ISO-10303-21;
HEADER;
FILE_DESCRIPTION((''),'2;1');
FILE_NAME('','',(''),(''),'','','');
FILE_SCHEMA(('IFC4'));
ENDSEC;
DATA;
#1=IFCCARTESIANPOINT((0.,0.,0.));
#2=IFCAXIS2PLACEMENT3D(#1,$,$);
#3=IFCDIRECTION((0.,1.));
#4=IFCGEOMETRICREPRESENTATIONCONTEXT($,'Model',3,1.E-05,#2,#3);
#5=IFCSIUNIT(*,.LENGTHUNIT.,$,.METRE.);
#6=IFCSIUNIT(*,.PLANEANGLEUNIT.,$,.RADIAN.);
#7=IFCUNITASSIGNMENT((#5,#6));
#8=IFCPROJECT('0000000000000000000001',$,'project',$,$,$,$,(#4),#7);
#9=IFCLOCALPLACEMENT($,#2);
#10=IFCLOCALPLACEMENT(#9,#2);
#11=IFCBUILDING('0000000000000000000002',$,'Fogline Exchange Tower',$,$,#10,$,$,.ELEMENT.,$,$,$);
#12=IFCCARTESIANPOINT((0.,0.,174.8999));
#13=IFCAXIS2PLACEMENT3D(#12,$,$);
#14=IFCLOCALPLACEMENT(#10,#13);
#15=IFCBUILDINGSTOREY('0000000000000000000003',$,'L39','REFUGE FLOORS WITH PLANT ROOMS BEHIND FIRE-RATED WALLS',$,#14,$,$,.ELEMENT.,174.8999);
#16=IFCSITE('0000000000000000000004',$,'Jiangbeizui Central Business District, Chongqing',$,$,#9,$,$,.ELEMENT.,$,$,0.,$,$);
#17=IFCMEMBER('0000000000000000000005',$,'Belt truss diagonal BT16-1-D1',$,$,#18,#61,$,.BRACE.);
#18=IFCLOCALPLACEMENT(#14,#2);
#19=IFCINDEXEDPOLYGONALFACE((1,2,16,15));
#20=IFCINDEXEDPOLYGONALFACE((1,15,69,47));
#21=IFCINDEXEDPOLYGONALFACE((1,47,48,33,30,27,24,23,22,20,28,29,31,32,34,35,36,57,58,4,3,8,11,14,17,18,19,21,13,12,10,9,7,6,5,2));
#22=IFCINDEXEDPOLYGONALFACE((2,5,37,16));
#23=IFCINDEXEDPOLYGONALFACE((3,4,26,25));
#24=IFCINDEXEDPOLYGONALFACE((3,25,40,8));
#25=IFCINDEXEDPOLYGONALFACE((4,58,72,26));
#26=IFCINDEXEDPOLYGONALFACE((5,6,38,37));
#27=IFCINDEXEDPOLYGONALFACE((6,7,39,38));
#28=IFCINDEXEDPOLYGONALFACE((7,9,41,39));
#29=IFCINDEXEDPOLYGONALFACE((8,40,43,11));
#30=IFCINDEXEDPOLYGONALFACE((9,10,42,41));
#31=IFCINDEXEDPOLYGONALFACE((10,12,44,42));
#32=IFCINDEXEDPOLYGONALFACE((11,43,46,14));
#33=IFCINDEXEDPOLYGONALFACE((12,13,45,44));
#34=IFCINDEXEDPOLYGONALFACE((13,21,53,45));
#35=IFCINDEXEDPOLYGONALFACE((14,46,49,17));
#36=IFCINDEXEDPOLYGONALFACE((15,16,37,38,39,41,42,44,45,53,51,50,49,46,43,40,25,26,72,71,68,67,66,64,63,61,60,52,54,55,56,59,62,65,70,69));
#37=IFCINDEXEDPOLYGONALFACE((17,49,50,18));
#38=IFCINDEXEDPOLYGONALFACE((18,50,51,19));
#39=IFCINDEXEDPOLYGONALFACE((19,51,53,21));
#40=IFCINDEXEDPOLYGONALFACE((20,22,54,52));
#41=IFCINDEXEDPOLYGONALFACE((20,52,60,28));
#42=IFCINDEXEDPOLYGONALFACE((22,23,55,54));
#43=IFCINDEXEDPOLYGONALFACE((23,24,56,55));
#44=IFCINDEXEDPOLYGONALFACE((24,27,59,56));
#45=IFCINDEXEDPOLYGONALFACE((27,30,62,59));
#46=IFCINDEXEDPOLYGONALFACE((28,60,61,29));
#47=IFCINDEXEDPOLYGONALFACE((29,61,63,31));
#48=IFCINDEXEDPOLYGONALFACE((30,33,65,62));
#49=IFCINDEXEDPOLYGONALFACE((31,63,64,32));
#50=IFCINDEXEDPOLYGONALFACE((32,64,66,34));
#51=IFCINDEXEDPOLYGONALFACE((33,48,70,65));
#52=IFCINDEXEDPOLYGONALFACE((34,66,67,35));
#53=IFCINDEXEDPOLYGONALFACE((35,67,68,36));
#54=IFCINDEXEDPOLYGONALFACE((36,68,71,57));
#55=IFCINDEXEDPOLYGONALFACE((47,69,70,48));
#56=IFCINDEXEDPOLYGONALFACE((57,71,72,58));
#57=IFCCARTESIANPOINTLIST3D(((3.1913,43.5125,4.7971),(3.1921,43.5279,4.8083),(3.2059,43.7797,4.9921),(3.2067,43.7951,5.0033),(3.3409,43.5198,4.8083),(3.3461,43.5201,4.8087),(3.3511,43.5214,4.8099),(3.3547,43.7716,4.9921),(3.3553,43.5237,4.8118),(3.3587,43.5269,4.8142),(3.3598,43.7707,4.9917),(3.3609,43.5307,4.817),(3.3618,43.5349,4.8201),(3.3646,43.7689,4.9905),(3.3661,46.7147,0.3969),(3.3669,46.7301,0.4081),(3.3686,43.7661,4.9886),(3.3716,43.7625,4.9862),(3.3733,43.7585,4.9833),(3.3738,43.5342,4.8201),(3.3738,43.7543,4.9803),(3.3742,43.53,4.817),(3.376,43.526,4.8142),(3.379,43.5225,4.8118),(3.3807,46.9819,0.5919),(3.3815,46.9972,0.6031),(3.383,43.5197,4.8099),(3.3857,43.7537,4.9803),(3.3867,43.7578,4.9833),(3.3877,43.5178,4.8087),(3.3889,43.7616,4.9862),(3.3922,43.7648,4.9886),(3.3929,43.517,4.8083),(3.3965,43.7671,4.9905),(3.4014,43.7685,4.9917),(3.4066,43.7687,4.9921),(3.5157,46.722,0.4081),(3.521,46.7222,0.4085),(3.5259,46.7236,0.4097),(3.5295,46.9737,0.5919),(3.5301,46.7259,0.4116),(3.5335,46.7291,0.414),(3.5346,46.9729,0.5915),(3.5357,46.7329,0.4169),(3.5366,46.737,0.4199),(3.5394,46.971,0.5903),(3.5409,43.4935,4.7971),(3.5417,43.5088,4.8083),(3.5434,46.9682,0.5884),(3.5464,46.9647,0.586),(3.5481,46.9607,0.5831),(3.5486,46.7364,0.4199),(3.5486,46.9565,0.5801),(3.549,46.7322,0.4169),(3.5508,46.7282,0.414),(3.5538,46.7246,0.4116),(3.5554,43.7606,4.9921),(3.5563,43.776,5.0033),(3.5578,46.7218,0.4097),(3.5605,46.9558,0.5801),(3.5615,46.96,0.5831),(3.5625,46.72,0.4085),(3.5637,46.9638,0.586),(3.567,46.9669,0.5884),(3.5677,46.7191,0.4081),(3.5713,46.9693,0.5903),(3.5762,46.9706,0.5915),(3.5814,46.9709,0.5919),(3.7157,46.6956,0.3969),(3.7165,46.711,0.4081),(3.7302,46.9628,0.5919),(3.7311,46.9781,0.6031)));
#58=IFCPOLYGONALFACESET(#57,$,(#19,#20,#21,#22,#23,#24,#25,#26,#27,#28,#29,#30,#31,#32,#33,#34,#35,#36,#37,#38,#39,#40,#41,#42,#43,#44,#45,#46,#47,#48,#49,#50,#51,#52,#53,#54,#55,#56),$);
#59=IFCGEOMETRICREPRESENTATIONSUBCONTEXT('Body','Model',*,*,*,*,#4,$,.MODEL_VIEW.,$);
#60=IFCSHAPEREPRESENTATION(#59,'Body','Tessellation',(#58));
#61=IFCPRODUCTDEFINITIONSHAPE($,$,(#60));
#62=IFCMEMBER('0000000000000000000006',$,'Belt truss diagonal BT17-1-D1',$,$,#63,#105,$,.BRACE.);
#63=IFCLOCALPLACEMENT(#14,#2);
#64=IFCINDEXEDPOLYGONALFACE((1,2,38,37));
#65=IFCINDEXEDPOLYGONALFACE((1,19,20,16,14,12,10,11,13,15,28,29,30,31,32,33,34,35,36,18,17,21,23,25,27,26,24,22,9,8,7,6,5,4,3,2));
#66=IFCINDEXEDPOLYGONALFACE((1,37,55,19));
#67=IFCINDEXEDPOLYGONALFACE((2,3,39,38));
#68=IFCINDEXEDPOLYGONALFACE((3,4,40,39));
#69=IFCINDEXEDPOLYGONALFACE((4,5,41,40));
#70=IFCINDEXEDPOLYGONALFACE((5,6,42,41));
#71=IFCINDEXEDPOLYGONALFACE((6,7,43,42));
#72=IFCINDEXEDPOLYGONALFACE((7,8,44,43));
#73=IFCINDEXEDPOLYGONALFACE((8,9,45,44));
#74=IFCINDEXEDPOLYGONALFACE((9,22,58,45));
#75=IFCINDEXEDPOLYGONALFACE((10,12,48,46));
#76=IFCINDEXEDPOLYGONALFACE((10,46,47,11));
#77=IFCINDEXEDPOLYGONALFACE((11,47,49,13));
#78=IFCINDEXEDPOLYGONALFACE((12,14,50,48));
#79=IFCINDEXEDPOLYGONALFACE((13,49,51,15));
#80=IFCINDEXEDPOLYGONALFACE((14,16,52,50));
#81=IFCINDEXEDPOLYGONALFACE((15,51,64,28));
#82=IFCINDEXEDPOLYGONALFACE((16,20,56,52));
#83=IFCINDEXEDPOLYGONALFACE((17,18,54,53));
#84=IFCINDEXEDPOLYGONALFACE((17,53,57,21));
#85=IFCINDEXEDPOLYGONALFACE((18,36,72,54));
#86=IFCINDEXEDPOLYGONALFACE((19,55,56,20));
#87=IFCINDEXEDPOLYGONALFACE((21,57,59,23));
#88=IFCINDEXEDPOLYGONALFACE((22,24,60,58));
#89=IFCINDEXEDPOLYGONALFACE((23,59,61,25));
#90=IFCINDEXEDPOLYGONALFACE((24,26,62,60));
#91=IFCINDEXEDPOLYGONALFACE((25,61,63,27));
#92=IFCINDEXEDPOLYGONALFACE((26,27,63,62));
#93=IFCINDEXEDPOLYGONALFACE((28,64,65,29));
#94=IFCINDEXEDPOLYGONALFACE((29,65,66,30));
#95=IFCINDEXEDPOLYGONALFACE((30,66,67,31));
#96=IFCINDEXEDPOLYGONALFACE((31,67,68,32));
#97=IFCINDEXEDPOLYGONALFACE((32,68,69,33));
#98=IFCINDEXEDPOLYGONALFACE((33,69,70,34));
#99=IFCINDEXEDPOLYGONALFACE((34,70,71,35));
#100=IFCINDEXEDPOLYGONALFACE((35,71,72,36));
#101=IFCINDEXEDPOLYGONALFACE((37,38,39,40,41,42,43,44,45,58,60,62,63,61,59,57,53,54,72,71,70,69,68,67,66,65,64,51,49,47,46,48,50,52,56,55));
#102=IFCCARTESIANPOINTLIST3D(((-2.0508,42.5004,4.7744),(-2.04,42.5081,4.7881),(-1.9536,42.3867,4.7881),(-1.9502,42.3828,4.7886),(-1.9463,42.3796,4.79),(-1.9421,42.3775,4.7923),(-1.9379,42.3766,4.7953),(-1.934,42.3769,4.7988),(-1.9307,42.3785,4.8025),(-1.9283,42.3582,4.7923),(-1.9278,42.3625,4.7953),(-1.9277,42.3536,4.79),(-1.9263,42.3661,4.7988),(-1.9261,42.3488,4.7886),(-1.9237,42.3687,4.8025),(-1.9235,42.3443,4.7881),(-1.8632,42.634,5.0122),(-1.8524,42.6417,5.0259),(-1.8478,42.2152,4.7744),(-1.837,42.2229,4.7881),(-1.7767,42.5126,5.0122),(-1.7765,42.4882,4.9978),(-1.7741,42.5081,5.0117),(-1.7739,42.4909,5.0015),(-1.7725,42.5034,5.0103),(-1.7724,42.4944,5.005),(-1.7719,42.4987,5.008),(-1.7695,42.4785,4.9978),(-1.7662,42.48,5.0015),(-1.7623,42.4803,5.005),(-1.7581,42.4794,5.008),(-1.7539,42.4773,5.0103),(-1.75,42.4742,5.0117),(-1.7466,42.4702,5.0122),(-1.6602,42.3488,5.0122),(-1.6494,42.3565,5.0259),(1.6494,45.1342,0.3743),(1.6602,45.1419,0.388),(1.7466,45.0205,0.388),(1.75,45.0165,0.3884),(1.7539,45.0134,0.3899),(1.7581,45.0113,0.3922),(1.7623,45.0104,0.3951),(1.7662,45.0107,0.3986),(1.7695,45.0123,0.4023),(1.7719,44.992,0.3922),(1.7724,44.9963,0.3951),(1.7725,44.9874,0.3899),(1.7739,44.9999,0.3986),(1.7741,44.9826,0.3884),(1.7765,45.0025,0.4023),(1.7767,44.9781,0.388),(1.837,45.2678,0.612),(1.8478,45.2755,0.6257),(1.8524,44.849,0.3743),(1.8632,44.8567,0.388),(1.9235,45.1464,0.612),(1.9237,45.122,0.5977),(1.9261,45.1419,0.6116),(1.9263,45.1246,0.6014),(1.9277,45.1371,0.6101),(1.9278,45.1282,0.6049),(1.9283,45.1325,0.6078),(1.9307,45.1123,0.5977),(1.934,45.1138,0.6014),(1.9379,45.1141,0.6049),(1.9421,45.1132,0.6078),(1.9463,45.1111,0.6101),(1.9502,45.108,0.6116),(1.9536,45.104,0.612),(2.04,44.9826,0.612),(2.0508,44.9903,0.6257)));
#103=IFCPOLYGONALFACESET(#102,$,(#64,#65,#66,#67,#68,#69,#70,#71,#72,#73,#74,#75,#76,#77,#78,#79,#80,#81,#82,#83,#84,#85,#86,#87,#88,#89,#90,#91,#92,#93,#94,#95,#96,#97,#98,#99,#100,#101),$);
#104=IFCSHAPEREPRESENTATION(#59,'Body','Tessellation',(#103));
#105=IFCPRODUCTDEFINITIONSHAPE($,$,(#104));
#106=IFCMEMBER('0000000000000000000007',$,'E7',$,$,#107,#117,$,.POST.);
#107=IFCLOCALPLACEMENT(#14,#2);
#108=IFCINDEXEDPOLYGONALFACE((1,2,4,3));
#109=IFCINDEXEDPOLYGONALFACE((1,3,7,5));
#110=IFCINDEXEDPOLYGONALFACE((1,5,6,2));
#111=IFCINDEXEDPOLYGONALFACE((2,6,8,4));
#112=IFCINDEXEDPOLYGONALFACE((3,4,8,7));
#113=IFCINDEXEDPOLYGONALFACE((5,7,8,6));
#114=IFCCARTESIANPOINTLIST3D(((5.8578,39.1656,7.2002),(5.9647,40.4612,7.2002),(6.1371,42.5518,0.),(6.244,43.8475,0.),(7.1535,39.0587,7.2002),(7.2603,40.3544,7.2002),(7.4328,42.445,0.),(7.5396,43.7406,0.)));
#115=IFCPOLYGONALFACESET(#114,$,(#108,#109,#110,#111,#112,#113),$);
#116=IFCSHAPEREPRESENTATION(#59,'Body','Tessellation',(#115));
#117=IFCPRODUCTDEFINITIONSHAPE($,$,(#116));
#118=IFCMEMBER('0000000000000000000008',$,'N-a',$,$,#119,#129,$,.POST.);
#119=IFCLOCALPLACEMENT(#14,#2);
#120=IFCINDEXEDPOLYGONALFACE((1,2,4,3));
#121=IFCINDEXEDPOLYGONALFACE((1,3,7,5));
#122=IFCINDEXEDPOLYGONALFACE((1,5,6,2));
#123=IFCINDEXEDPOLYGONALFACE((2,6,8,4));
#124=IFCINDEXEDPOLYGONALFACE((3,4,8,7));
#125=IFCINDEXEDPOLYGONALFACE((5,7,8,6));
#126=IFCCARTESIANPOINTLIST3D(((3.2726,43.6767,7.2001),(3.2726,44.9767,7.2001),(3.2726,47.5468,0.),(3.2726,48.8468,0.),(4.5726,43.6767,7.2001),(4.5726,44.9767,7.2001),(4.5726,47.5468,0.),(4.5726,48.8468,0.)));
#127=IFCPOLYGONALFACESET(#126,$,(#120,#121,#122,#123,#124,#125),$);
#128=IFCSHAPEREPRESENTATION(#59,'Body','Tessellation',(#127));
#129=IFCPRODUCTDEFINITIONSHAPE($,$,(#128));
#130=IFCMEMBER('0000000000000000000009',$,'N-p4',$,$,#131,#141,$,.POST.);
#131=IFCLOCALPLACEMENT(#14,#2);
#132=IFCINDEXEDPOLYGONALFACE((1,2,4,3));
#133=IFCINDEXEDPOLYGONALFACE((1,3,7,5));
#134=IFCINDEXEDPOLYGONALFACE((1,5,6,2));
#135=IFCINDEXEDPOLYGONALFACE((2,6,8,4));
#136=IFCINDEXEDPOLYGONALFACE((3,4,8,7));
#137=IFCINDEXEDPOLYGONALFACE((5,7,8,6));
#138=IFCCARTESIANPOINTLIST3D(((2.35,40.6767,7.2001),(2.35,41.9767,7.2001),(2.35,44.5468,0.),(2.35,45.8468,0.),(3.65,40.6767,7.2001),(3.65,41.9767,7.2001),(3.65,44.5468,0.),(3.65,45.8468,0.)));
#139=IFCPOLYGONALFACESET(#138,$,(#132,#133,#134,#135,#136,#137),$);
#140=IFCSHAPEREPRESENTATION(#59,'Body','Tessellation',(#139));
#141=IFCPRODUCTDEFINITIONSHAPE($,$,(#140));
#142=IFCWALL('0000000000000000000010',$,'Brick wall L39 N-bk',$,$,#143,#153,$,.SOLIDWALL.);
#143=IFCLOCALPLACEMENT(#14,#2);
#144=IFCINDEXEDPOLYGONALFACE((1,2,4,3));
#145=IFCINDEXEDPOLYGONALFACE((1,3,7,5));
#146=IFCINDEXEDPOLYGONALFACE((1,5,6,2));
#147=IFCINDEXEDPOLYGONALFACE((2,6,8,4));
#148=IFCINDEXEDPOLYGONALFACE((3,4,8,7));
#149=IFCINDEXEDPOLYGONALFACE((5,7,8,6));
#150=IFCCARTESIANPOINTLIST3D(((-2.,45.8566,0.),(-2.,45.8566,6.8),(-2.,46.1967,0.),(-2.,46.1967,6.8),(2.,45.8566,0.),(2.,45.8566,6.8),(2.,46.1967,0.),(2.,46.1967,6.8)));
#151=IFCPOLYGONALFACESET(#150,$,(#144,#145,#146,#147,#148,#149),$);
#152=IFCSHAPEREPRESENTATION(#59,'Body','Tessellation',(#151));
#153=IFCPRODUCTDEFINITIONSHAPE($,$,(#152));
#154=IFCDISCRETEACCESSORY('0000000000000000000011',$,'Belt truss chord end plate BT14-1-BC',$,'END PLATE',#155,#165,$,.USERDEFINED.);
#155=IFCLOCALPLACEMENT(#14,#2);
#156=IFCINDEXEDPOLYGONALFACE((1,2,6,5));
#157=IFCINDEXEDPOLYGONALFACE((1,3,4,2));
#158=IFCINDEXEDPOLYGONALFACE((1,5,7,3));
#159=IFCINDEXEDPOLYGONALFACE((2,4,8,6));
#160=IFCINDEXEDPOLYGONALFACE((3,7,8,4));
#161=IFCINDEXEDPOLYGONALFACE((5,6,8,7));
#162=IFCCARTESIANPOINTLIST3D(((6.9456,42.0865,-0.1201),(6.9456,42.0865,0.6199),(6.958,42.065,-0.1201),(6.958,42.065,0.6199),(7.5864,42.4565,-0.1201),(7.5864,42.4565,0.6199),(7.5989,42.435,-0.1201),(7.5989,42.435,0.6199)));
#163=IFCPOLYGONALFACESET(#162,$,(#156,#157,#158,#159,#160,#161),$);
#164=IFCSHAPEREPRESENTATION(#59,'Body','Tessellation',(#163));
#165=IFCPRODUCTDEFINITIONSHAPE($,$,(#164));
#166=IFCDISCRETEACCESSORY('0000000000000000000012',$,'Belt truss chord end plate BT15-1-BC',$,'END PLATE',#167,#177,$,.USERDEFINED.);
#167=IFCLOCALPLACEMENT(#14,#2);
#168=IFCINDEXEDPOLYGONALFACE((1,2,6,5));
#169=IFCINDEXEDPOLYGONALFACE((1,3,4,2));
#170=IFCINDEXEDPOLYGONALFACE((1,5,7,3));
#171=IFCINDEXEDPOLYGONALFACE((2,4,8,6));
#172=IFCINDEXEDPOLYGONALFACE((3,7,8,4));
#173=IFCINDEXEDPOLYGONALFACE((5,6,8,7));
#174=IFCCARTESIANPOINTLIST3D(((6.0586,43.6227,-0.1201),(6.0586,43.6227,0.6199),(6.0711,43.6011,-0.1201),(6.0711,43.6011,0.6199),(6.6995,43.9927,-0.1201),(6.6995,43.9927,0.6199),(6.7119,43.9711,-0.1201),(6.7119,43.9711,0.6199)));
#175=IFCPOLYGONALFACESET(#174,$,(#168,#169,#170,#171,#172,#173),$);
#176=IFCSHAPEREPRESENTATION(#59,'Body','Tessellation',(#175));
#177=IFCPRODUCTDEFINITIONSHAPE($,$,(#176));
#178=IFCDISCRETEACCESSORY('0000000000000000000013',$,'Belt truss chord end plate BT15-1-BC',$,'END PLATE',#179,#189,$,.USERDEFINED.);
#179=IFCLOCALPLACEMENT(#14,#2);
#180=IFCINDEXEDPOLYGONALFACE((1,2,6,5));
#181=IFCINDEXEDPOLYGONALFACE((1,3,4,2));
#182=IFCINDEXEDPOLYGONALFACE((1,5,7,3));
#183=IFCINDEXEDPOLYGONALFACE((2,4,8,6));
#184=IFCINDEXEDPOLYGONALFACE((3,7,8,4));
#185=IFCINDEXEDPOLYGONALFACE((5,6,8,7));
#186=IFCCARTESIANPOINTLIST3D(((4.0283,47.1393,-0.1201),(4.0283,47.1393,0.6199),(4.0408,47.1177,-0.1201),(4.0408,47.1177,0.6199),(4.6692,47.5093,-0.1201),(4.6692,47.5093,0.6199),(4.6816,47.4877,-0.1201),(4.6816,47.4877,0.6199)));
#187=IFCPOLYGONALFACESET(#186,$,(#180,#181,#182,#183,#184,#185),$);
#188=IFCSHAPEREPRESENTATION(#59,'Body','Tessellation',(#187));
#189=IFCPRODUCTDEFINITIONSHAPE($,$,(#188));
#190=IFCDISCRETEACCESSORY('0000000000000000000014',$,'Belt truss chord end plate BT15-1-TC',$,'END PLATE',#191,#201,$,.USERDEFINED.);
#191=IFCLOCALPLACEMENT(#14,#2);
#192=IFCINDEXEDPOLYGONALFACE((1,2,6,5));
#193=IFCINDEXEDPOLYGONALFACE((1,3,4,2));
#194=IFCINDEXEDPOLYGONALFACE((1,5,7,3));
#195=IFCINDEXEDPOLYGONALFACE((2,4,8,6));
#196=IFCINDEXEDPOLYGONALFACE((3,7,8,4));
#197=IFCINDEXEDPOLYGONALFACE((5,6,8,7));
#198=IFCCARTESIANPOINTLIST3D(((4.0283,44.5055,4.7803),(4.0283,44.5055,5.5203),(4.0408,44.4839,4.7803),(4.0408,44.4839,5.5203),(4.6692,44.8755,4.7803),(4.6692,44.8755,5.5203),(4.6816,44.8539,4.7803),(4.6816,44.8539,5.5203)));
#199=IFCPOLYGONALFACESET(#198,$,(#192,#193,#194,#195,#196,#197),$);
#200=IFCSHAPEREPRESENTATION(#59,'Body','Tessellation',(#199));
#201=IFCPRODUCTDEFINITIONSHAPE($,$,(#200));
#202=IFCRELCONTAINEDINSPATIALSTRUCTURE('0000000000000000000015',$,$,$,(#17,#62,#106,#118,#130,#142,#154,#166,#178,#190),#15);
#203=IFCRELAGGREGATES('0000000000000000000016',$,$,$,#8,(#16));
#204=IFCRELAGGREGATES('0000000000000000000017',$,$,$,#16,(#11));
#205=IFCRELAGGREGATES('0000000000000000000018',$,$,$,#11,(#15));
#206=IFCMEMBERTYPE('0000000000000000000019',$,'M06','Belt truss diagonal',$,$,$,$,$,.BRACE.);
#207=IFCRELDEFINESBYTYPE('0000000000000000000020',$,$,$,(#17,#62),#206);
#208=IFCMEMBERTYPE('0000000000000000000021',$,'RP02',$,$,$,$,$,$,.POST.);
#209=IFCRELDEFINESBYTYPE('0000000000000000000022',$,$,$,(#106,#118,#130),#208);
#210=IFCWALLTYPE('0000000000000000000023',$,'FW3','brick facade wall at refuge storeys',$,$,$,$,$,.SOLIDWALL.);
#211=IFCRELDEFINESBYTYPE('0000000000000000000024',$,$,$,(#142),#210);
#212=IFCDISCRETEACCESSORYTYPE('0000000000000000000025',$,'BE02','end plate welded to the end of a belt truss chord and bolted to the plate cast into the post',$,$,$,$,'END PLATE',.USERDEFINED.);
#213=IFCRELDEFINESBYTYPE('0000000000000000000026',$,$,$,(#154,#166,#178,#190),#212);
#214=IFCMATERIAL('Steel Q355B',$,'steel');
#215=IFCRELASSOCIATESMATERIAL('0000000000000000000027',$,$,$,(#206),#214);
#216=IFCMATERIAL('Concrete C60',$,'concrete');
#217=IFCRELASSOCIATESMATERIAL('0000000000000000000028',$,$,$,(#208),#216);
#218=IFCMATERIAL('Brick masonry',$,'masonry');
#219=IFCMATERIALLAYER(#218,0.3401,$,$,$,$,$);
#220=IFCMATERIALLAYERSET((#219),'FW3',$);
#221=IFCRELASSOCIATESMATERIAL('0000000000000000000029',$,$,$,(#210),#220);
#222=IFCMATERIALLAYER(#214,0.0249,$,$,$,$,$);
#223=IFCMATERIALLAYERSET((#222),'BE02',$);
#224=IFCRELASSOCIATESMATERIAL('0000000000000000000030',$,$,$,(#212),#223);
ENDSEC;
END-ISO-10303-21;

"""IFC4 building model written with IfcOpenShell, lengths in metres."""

from ifc_helpers import new_model, si_unit, direction, frame, frame_2d, origin, origin_2d, place, context, subcontext, project, spatial, rectangle, i_section, extrude, material, layer, layer_set, material_profile, profile_set, type_object, element, save


model = new_model("IFC4")

# Units and contexts
model_context = context("Model", 3, precision=1e-05, world=origin(), true_north=direction((0.0, 1.0)))
body_context = subcontext(model_context, "Body", "Model", "MODEL_VIEW")
ifc_project = project(units=[si_unit("LENGTHUNIT", "METRE"), si_unit("PLANEANGLEUNIT", "RADIAN")], contexts=[model_context])

# Site, building, storey
site_placement = place(None, origin())
site = spatial("IfcSite", under=ifc_project, at=site_placement, Name="Jiangbeizui Central Business District, Chongqing", CompositionType="ELEMENT", RefElevation=0.0)
building_placement = place(site_placement, origin())
building = spatial("IfcBuilding", under=site, at=building_placement, Name="Fogline Exchange Tower", CompositionType="ELEMENT")
storey_placement = place(building_placement, frame((0.0, 0.0, 174.8999)))
storey = spatial("IfcBuildingStorey", under=building, at=storey_placement, Name="L39", Description="REFUGE FLOORS WITH PLANT ROOMS BEHIND FIRE-RATED WALLS", CompositionType="ELEMENT", Elevation=174.8999)

# Members
ifc_material_1 = material(Name="Steel Q355B", Category="steel")
ifc_material_profile_1 = material_profile(ifc_material_1, i_section(OverallWidth=0.3501, OverallDepth=0.3501, WebThickness=0.012, FlangeThickness=0.019, FilletRadius=0.02, at=origin_2d()), Name="HW350X350X12X19")
ifc_profile_set_1 = profile_set([ifc_material_profile_1], Name="Steel Q355B")
member_type_1 = type_object("IfcMemberType", Name="M06", Description="Belt truss diagonal", PredefinedType="BRACE", material=ifc_profile_set_1)
member_1_placement = place(storey_placement, frame((3.5486, 46.8464, 0.5), z_axis=(-0.032105, -0.588114, 0.808141), x_axis=(0.998513, -0.054509, 0.0)))
element("IfcMember", 1, at=member_1_placement, inside=storey, type_object=member_type_1, Name="Belt truss diagonal BT16-1-D1", PredefinedType="BRACE", context=body_context, shape_type="SweptSolid", body=[
    extrude(i_section(OverallWidth=0.3501, OverallDepth=0.3501, WebThickness=0.012, FlangeThickness=0.019, FilletRadius=0.02, at=origin_2d()), origin(), (0.0, 0.0, 1.0), 5.4448),
])
member_2_placement = place(storey_placement, frame((1.8501, 45.0623, 0.5), z_axis=(-0.585128, -0.416493, 0.695815), x_axis=(0.579895, -0.814691, 0.0)))
element("IfcMember", 2, at=member_2_placement, inside=storey, type_object=member_type_1, Name="Belt truss diagonal BT17-1-D1", PredefinedType="BRACE", context=body_context, shape_type="SweptSolid", body=[
    extrude(i_section(OverallWidth=0.3501, OverallDepth=0.3501, WebThickness=0.012, FlangeThickness=0.019, FilletRadius=0.02, at=origin_2d()), origin(), (0.0, 0.0, 1.0), 6.3237),
])
ifc_material_2 = material(Name="Concrete C60", Category="concrete")
ifc_material_profile_2 = material_profile(ifc_material_2, rectangle(XDim=1.3, YDim=1.3, at=origin_2d()), Name="RC 1300x1300")
ifc_profile_set_2 = profile_set([ifc_material_profile_2], Name="Concrete C60")
member_type_2 = type_object("IfcMemberType", Name="RP02", PredefinedType="POST", material=ifc_profile_set_2)
member_3_placement = place(storey_placement, frame((6.8384, 43.1462, 0.0), z_axis=(0.0, 0.0, 1.0), x_axis=(0.996616, -0.082201, 0.0)))
element("IfcMember", 3, at=member_3_placement, inside=storey, type_object=member_type_2, Name="E7", PredefinedType="POST", context=body_context, shape_type="SweptSolid", body=[
    extrude(rectangle(XDim=1.3, YDim=1.3, at=origin_2d()), origin(), (0.0, -0.426764, 0.904363), 7.9617),
])
for number, where, z_axis, x_axis, name in (
    (4, (3.9226, 48.1968, 0.0), (0.0, 0.0, 1.0), (1.0, 0.0, 0.0), "N-a"),
    (5, (3.0, 45.1968, 0.0), (0.0, 0.0, 1.0), (1.0, 0.0, 0.0), "N-p4"),
):
    element("IfcMember", number, at=place(storey_placement, frame(where, z_axis=z_axis, x_axis=x_axis)), inside=storey, type_object=member_type_2, Name=name, PredefinedType="POST", context=body_context, shape_type="SweptSolid", body=[
        extrude(rectangle(XDim=1.3, YDim=1.3, at=origin_2d()), origin(), (0.0, -0.473444, 0.880824), 8.1743),
    ])

# Wall
ifc_material_3 = material(Name="Brick masonry", Category="masonry")
ifc_layer_1 = layer(ifc_material_3, 0.3401)
ifc_layer_set_1 = layer_set([ifc_layer_1], Name="FW3")
wall_type = type_object("IfcWallType", Name="FW3", Description="brick facade wall at refuge storeys", PredefinedType="SOLIDWALL", material=ifc_layer_set_1)
wall_placement = place(storey_placement, frame((2.0, 46.0266, 0.0), z_axis=(0.0, 0.0, 1.0), x_axis=(-1.0, 0.0, 0.0)))
element("IfcWall", 6, at=wall_placement, inside=storey, type_object=wall_type, Name="Brick wall L39 N-bk", PredefinedType="SOLIDWALL", context=body_context, shape_type="SweptSolid", body=[
    extrude(rectangle(XDim=4.0, YDim=0.3401, at=frame_2d((2.0, 0.0))), origin(), (0.0, 0.0, 1.0), 6.8),
])

# Discrete accessories
ifc_layer_2 = layer(ifc_material_1, 0.0249)
ifc_layer_set_2 = layer_set([ifc_layer_2], Name="BE02")
discrete_accessory_type = type_object("IfcDiscreteAccessoryType", Name="BE02", Description="end plate welded to the end of a belt truss chord and bolted to the plate cast into the post", ElementType="END PLATE", PredefinedType="USERDEFINED", material=ifc_layer_set_2)
for number, where, z_axis, x_axis, name in (
    (7, (7.2722, 42.2607, -0.1201), (0.0, 0.0, 1.0), (-0.5, 0.866025, 0.0), "Belt truss chord end plate BT14-1-BC"),
    (8, (6.3853, 43.7969, -0.1201), (0.0, 0.0, 1.0), (0.5, -0.866025, 0.0), "Belt truss chord end plate BT15-1-BC"),
    (9, (4.355, 47.3135, -0.1201), (0.0, 0.0, 1.0), (-0.5, 0.866025, 0.0), "Belt truss chord end plate BT15-1-BC"),
    (10, (4.355, 44.6797, 4.7803), (0.0, 0.0, 1.0), (-0.5, 0.866025, 0.0), "Belt truss chord end plate BT15-1-TC"),
):
    element("IfcDiscreteAccessory", number, at=place(storey_placement, frame(where, z_axis=z_axis, x_axis=x_axis)), inside=storey, type_object=discrete_accessory_type, Name=name, ObjectType="END PLATE", PredefinedType="USERDEFINED", context=body_context, shape_type="SweptSolid", body=[
        extrude(rectangle(XDim=0.0249, YDim=0.74, at=origin_2d()), origin(), (0.0, 0.0, 1.0), 0.74),
    ])

save(model, "model.ifc")
